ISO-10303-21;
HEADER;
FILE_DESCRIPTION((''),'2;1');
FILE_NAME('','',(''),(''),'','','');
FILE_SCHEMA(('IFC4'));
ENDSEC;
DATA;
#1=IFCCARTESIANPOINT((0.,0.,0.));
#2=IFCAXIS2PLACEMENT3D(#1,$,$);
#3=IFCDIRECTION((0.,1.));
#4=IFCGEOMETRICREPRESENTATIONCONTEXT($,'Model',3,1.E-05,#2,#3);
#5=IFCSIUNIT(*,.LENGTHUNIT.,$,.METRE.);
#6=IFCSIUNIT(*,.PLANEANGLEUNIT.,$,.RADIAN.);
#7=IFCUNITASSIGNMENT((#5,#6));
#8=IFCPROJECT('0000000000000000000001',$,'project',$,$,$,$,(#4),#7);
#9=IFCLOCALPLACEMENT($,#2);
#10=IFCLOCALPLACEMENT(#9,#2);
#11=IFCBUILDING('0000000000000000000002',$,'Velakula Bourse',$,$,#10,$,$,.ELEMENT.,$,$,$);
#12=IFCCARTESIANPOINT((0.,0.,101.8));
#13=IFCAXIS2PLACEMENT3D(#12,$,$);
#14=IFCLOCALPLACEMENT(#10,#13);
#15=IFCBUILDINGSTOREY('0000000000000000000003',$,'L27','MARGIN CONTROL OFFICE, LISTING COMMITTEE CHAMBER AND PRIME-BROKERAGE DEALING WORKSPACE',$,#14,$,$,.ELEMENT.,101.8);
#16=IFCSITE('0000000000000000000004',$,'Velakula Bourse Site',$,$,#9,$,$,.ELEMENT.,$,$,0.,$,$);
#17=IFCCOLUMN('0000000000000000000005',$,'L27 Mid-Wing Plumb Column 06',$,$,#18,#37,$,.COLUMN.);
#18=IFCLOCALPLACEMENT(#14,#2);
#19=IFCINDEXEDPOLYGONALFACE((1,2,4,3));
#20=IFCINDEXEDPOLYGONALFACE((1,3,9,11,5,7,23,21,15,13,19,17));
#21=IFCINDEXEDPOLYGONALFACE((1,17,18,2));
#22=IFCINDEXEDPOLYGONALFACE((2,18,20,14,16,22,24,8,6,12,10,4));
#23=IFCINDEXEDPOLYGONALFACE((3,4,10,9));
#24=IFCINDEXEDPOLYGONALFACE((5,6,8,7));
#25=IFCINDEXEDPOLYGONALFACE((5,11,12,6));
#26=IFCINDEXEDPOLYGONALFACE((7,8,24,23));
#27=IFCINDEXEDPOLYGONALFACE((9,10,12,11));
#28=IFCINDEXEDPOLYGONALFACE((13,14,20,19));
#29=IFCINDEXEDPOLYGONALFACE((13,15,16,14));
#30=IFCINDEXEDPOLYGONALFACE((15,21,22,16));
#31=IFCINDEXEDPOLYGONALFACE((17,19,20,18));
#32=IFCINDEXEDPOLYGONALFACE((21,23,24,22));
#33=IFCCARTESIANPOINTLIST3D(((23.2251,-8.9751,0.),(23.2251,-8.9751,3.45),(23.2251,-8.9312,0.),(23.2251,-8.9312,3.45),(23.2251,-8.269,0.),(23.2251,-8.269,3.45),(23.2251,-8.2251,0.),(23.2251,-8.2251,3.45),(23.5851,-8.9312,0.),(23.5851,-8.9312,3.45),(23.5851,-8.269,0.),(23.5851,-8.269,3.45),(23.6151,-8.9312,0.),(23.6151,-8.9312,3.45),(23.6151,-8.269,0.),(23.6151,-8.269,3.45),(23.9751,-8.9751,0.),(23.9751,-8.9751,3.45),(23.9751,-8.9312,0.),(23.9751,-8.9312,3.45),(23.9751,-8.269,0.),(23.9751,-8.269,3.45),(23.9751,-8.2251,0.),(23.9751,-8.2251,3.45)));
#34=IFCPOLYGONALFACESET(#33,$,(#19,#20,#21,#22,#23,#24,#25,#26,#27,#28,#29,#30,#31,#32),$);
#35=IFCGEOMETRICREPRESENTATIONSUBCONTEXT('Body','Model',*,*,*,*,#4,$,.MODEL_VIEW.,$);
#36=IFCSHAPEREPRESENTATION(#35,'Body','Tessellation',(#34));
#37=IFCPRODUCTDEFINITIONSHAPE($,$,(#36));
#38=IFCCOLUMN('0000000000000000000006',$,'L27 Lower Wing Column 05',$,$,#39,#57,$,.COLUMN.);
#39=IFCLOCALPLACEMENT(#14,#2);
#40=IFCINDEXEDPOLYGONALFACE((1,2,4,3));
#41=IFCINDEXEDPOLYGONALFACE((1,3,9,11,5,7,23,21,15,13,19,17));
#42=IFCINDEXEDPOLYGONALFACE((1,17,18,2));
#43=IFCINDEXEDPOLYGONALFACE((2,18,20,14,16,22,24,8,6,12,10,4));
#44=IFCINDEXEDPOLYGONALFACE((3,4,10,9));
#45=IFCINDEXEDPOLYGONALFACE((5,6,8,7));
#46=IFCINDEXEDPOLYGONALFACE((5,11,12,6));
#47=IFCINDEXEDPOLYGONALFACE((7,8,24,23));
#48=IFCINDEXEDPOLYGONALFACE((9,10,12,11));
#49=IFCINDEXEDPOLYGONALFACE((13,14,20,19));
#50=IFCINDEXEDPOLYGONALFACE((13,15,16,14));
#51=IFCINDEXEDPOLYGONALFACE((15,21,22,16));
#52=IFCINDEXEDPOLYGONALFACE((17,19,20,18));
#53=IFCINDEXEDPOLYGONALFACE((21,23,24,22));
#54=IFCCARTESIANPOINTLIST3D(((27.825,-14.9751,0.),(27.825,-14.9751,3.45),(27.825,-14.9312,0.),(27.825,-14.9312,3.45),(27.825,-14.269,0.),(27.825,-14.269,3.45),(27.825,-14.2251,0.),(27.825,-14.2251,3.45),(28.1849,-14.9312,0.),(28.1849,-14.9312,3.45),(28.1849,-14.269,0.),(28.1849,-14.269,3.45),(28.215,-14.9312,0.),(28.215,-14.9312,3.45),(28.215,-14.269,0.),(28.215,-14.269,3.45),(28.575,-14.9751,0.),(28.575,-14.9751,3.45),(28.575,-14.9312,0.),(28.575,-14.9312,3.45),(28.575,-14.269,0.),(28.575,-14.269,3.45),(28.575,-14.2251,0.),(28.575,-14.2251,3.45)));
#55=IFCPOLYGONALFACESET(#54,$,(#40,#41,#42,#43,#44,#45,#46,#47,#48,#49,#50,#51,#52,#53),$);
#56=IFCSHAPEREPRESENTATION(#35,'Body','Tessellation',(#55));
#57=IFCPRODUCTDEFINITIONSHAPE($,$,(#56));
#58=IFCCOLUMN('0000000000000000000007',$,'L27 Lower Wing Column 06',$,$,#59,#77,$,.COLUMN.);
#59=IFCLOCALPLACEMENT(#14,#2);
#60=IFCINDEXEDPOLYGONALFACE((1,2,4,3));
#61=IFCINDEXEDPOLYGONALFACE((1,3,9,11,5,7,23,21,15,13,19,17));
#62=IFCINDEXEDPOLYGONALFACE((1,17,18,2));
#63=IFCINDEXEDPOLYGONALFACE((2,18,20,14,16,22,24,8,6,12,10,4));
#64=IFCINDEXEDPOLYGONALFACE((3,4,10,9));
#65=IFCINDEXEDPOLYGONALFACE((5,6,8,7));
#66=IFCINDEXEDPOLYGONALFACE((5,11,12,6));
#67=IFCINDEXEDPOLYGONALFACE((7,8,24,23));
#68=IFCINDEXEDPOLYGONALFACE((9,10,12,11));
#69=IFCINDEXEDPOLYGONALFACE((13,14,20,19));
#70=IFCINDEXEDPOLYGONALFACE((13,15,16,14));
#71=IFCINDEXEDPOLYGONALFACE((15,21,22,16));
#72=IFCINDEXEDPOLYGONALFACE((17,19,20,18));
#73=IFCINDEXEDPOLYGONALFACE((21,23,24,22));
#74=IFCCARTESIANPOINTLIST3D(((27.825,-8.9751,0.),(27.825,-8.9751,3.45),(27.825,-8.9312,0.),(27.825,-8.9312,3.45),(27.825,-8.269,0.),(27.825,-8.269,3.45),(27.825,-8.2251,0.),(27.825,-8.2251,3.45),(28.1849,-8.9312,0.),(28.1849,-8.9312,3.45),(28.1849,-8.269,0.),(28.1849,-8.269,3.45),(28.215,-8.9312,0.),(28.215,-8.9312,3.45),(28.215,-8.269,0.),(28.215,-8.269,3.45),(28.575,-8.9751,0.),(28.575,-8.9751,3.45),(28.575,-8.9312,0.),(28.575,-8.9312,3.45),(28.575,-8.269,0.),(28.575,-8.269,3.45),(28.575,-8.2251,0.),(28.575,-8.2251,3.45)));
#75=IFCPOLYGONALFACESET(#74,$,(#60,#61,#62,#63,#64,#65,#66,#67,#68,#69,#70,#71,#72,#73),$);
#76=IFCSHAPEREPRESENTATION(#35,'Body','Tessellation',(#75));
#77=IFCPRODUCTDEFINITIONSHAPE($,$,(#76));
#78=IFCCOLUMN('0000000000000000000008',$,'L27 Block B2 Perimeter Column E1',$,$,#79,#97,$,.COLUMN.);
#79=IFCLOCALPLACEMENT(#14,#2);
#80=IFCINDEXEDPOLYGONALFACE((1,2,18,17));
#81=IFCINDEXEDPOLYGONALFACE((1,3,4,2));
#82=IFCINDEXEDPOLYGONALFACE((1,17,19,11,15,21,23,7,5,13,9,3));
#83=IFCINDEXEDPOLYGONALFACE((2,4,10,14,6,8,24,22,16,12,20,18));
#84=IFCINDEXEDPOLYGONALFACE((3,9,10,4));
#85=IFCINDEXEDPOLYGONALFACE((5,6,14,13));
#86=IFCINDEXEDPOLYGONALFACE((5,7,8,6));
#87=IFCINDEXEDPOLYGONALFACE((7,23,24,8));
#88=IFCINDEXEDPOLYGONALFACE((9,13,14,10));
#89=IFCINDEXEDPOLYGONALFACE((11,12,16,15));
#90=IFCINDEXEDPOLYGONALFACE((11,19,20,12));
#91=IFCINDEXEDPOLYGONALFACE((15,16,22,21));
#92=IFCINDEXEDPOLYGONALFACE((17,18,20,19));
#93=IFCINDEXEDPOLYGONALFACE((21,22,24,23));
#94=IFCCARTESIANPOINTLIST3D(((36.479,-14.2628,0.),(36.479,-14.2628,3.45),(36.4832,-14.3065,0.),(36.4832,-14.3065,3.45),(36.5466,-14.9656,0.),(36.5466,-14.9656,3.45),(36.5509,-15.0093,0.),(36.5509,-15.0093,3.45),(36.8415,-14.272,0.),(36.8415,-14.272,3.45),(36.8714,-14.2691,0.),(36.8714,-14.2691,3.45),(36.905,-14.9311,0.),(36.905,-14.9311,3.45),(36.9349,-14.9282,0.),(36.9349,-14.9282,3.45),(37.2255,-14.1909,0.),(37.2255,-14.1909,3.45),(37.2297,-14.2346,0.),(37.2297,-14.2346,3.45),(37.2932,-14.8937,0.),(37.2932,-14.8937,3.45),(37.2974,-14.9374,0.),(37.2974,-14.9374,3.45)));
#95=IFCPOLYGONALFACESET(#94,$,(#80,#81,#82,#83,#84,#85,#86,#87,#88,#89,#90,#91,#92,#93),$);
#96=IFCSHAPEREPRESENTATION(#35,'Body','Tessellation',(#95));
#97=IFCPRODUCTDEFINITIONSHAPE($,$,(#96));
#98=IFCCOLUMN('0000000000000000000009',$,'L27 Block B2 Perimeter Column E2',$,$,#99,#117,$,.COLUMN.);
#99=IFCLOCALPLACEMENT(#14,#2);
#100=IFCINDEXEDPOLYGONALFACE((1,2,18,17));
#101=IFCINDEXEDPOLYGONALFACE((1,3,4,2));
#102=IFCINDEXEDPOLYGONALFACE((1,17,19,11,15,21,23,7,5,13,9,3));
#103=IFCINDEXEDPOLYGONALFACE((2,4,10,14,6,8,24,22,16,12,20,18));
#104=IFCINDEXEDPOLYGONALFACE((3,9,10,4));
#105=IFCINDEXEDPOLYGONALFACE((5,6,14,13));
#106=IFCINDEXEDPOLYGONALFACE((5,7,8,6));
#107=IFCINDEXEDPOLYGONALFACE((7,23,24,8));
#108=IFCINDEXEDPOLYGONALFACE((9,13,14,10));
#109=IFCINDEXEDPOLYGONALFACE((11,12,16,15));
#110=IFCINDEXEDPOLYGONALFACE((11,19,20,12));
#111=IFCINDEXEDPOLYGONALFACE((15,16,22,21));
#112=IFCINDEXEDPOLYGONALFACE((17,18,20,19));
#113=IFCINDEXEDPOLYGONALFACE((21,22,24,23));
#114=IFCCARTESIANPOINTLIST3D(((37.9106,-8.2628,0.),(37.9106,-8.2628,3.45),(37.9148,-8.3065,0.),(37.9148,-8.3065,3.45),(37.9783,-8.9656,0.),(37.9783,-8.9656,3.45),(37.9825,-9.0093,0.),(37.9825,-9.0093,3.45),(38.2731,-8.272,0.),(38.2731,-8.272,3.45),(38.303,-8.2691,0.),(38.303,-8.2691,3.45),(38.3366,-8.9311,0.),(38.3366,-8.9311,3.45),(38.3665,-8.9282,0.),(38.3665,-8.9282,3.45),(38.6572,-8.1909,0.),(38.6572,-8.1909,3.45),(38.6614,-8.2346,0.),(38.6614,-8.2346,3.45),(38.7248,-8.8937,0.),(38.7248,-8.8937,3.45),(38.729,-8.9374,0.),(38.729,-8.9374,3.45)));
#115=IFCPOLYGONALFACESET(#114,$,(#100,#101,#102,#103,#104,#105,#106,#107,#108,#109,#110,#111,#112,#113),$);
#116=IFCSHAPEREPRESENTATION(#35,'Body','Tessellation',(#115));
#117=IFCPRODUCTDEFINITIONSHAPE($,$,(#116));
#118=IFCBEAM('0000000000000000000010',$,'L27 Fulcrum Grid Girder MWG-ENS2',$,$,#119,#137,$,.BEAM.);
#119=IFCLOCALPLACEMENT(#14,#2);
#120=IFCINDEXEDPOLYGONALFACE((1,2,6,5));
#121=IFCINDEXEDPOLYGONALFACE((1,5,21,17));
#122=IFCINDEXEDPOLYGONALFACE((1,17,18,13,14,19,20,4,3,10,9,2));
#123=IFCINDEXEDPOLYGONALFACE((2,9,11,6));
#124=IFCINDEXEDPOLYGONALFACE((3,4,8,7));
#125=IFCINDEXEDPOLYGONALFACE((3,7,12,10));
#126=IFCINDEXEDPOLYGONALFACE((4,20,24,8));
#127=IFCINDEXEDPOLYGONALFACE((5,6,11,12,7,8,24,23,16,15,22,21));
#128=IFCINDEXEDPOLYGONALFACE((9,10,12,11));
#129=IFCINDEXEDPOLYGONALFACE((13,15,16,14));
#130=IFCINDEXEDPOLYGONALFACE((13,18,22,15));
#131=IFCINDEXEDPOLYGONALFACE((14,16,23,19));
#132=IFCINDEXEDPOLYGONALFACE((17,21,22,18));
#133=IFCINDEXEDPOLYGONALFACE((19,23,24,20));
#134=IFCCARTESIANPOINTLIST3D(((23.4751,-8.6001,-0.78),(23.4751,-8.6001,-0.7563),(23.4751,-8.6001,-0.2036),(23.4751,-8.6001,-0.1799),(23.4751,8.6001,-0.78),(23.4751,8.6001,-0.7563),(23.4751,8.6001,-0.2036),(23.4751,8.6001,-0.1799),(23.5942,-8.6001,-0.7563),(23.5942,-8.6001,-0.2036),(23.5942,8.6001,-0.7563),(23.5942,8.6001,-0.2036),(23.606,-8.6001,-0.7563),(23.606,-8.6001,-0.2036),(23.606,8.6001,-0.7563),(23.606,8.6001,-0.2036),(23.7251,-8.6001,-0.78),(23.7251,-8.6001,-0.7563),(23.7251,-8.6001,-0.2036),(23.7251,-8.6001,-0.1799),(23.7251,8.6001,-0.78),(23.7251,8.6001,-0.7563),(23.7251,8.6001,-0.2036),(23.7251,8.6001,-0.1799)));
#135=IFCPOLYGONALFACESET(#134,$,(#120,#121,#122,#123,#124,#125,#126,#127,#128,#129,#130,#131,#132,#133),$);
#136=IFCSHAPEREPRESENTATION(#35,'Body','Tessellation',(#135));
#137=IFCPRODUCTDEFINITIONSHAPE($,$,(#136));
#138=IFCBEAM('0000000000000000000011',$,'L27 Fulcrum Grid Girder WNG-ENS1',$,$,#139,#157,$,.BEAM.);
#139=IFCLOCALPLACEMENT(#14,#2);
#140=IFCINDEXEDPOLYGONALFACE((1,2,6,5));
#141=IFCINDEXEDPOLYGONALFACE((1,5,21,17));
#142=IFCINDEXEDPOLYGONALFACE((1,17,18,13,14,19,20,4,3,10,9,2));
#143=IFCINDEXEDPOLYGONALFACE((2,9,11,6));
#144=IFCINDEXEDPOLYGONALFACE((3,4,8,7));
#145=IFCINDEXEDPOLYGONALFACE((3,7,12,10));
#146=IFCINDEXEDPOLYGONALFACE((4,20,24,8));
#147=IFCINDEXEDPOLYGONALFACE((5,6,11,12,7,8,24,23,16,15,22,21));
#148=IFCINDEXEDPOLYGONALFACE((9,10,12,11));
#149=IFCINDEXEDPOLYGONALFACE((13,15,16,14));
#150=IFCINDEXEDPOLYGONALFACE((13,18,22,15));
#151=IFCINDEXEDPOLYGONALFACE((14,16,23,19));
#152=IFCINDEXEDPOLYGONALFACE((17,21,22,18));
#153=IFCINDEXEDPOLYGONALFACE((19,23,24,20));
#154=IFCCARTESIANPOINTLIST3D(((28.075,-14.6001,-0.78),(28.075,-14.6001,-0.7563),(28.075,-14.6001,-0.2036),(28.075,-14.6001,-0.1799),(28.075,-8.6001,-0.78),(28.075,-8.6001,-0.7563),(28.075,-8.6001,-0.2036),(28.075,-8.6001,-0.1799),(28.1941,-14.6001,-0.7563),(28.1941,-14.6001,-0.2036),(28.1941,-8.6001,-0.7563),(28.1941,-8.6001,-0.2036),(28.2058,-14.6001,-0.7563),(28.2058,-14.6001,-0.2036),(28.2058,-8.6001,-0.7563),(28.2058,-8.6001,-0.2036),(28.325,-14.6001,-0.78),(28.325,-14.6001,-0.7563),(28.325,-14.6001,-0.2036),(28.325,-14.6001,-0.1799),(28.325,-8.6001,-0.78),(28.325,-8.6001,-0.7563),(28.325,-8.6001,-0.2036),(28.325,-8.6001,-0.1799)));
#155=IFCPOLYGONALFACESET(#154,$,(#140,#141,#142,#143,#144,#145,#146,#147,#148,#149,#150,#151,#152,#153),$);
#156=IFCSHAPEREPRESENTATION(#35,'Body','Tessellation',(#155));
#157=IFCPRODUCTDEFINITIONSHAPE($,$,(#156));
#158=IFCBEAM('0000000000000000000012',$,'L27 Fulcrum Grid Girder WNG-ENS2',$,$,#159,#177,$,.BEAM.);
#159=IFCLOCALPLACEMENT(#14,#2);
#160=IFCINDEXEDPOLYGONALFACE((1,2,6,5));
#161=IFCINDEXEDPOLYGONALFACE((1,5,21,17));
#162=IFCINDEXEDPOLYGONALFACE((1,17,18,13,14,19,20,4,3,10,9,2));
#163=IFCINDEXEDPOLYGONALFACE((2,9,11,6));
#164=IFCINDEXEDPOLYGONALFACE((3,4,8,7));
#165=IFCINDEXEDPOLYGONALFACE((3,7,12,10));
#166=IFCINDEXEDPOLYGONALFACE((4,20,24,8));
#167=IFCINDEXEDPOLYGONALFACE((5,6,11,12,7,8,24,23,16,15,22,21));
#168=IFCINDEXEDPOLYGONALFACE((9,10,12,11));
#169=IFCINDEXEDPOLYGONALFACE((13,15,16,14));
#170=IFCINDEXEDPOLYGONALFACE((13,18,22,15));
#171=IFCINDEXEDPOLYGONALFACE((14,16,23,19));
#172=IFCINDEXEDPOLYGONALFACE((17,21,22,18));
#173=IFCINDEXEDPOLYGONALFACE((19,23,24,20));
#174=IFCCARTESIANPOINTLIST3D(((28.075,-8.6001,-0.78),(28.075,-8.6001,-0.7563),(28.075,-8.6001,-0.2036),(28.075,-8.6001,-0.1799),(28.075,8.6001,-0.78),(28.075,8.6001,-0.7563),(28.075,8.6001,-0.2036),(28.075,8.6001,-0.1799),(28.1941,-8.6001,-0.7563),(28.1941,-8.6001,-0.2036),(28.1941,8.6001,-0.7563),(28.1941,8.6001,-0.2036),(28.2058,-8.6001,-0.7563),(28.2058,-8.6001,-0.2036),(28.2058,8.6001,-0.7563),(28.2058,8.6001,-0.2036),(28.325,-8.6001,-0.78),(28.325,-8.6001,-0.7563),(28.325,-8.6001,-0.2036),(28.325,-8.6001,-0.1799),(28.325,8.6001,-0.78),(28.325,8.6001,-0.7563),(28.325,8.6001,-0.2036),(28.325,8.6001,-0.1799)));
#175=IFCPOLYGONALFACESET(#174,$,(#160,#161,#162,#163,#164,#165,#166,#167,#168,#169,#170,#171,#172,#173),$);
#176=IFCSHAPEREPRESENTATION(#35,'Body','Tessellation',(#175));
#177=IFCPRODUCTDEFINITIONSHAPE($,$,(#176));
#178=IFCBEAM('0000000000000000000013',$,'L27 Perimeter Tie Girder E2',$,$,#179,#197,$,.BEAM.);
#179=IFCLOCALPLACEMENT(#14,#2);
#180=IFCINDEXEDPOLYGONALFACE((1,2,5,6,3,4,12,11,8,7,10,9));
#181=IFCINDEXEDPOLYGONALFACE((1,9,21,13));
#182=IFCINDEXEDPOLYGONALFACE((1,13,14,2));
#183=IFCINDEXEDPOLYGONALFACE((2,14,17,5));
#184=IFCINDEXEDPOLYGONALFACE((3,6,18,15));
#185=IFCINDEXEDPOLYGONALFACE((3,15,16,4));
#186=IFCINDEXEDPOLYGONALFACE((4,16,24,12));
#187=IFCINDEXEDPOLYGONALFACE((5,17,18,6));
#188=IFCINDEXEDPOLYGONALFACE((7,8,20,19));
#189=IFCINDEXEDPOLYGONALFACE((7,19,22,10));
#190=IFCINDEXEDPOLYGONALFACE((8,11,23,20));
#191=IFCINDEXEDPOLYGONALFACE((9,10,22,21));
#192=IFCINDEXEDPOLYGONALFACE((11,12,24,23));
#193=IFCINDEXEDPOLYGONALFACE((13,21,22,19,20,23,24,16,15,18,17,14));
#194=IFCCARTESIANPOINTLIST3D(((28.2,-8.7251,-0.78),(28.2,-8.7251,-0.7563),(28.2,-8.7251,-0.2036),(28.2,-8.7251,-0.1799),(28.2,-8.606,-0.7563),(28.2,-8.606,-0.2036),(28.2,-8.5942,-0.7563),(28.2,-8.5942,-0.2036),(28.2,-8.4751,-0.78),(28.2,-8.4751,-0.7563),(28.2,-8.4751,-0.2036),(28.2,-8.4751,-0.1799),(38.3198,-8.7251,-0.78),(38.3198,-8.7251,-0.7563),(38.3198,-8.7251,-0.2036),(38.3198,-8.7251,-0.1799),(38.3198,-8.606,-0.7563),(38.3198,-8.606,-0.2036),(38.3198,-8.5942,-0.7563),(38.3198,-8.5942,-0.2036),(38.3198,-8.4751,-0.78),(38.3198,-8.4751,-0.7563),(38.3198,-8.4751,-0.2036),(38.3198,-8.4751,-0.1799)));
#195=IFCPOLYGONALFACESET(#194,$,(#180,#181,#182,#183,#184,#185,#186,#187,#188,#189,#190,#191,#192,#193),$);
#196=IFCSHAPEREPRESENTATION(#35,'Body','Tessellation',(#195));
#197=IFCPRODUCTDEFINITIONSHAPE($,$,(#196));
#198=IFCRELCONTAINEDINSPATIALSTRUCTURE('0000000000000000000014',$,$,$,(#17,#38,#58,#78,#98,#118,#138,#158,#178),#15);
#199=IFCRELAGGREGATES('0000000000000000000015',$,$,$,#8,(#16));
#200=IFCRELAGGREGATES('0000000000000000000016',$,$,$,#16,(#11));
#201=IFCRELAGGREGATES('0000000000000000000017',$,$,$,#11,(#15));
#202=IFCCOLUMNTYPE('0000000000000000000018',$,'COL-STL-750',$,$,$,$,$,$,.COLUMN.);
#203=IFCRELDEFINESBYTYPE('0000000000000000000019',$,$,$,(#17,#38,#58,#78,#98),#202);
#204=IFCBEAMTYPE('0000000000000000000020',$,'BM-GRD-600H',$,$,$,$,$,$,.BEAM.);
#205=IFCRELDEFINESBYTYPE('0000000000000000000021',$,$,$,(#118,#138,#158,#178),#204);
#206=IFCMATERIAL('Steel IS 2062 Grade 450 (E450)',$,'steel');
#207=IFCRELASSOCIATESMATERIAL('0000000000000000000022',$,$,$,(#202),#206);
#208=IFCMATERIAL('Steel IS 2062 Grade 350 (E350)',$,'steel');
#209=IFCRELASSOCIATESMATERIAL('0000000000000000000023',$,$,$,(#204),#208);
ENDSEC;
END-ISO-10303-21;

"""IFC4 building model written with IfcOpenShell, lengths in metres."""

from ifc_helpers import new_model, si_unit, direction, frame, origin, origin_2d, place, context, subcontext, project, spatial, i_section, extrude, material, material_profile, profile_set, type_object, element, save


model = new_model("IFC4")

# Units and contexts
model_context = context("Model", 3, precision=1e-05, world=origin(), true_north=direction((0.0, 1.0)))
body_context = subcontext(model_context, "Body", "Model", "MODEL_VIEW")
ifc_project = project(units=[si_unit("LENGTHUNIT", "METRE"), si_unit("PLANEANGLEUNIT", "RADIAN")], contexts=[model_context])

# Site, building, storey
site_placement = place(None, origin())
site = spatial("IfcSite", under=ifc_project, at=site_placement, Name="Velakula Bourse Site", CompositionType="ELEMENT", RefElevation=0.0)
building_placement = place(site_placement, origin())
building = spatial("IfcBuilding", under=site, at=building_placement, Name="Velakula Bourse", CompositionType="ELEMENT")
storey_placement = place(building_placement, frame((0.0, 0.0, 101.8)))
storey = spatial("IfcBuildingStorey", under=building, at=storey_placement, Name="L27", Description="MARGIN CONTROL OFFICE, LISTING COMMITTEE CHAMBER AND PRIME-BROKERAGE DEALING WORKSPACE", CompositionType="ELEMENT", Elevation=101.8)

# Columns
ifc_material_1 = material(Name="Steel IS 2062 Grade 450 (E450)", Category="steel")
ifc_material_profile_1 = material_profile(ifc_material_1, i_section(OverallWidth=0.75, OverallDepth=0.75, WebThickness=0.03, FlangeThickness=0.0439, at=origin_2d()), Name="Steel IS 2062 Grade 450 (E450)")
ifc_profile_set_1 = profile_set([ifc_material_profile_1], Name="Steel IS 2062 Grade 450 (E450)")
column_type = type_object("IfcColumnType", Name="COL-STL-750", PredefinedType="COLUMN", material=ifc_profile_set_1)
for number, where, z_axis, x_axis, name in (
    (1, (23.6001, -8.6001, 0.0), (0.0, 0.0, 1.0), (1.0, 0.0, 0.0), "L27 Mid-Wing Plumb Column 06"),
    (2, (28.2, -14.6001, 0.0), (0.0, 0.0, 1.0), (1.0, 0.0, 0.0), "L27 Lower Wing Column 05"),
    (3, (28.2, -8.6001, 0.0), (0.0, 0.0, 1.0), (1.0, 0.0, 0.0), "L27 Lower Wing Column 06"),
    (4, (36.8882, -14.6001, 0.0), (0.0, 0.0, 1.0), (0.995396, 0.095846, 0.0), "L27 Block B2 Perimeter Column E1"),
    (5, (38.3198, -8.6001, 0.0), (0.0, 0.0, 1.0), (0.995396, 0.095846, 0.0), "L27 Block B2 Perimeter Column E2"),
):
    element("IfcColumn", number, at=place(storey_placement, frame(where, z_axis=z_axis, x_axis=x_axis)), inside=storey, type_object=column_type, Name=name, PredefinedType="COLUMN", context=body_context, shape_type="SweptSolid", body=[
        extrude(i_section(OverallWidth=0.75, OverallDepth=0.75, WebThickness=0.03, FlangeThickness=0.0439, at=origin_2d()), origin(), (0.0, 0.0, 1.0), 3.45),
    ])

# Beams
ifc_material_2 = material(Name="Steel IS 2062 Grade 350 (E350)", Category="steel")
ifc_material_profile_2 = material_profile(ifc_material_2, i_section(OverallWidth=0.25, OverallDepth=0.6001, WebThickness=0.0117, FlangeThickness=0.0237, at=origin_2d()), Name="Steel IS 2062 Grade 350 (E350)")
ifc_profile_set_2 = profile_set([ifc_material_profile_2], Name="Steel IS 2062 Grade 350 (E350)")
beam_type_1 = type_object("IfcBeamType", Name="BM-GRD-600H", PredefinedType="BEAM", material=ifc_profile_set_2)
beam_1_placement = place(storey_placement, frame((23.6001, -8.6001, -0.48), z_axis=(0.0, 1.0, 0.0), x_axis=(-1.0, 0.0, 0.0)))
element("IfcBeam", 6, at=beam_1_placement, inside=storey, type_object=beam_type_1, Name="L27 Fulcrum Grid Girder MWG-ENS2", PredefinedType="BEAM", context=body_context, shape_type="SweptSolid", body=[
    extrude(i_section(OverallWidth=0.25, OverallDepth=0.6001, WebThickness=0.0117, FlangeThickness=0.0237, at=origin_2d()), origin(), (0.0, 0.0, 1.0), 17.2002),
])
beam_2_placement = place(storey_placement, frame((28.2, -14.6001, -0.48), z_axis=(0.0, 1.0, 0.0), x_axis=(-1.0, 0.0, 0.0)))
element("IfcBeam", 7, at=beam_2_placement, inside=storey, type_object=beam_type_1, Name="L27 Fulcrum Grid Girder WNG-ENS1", PredefinedType="BEAM", context=body_context, shape_type="SweptSolid", body=[
    extrude(i_section(OverallWidth=0.25, OverallDepth=0.6001, WebThickness=0.0117, FlangeThickness=0.0237, at=origin_2d()), origin(), (0.0, 0.0, 1.0), 6.0),
])
beam_3_placement = place(storey_placement, frame((28.2, -8.6001, -0.48), z_axis=(0.0, 1.0, 0.0), x_axis=(-1.0, 0.0, 0.0)))
element("IfcBeam", 8, at=beam_3_placement, inside=storey, type_object=beam_type_1, Name="L27 Fulcrum Grid Girder WNG-ENS2", PredefinedType="BEAM", context=body_context, shape_type="SweptSolid", body=[
    extrude(i_section(OverallWidth=0.25, OverallDepth=0.6001, WebThickness=0.0117, FlangeThickness=0.0237, at=origin_2d()), origin(), (0.0, 0.0, 1.0), 17.2002),
])
beam_4_placement = place(storey_placement, frame((28.2, -8.6001, -0.48), z_axis=(1.0, 0.0, 0.0), x_axis=(0.0, 1.0, 0.0)))
element("IfcBeam", 9, at=beam_4_placement, inside=storey, type_object=beam_type_1, Name="L27 Perimeter Tie Girder E2", PredefinedType="BEAM", context=body_context, shape_type="SweptSolid", body=[
    extrude(i_section(OverallWidth=0.25, OverallDepth=0.6001, WebThickness=0.0117, FlangeThickness=0.0237, at=origin_2d()), origin(), (0.0, 0.0, 1.0), 10.1199),
])

save(model, "model.ifc")
